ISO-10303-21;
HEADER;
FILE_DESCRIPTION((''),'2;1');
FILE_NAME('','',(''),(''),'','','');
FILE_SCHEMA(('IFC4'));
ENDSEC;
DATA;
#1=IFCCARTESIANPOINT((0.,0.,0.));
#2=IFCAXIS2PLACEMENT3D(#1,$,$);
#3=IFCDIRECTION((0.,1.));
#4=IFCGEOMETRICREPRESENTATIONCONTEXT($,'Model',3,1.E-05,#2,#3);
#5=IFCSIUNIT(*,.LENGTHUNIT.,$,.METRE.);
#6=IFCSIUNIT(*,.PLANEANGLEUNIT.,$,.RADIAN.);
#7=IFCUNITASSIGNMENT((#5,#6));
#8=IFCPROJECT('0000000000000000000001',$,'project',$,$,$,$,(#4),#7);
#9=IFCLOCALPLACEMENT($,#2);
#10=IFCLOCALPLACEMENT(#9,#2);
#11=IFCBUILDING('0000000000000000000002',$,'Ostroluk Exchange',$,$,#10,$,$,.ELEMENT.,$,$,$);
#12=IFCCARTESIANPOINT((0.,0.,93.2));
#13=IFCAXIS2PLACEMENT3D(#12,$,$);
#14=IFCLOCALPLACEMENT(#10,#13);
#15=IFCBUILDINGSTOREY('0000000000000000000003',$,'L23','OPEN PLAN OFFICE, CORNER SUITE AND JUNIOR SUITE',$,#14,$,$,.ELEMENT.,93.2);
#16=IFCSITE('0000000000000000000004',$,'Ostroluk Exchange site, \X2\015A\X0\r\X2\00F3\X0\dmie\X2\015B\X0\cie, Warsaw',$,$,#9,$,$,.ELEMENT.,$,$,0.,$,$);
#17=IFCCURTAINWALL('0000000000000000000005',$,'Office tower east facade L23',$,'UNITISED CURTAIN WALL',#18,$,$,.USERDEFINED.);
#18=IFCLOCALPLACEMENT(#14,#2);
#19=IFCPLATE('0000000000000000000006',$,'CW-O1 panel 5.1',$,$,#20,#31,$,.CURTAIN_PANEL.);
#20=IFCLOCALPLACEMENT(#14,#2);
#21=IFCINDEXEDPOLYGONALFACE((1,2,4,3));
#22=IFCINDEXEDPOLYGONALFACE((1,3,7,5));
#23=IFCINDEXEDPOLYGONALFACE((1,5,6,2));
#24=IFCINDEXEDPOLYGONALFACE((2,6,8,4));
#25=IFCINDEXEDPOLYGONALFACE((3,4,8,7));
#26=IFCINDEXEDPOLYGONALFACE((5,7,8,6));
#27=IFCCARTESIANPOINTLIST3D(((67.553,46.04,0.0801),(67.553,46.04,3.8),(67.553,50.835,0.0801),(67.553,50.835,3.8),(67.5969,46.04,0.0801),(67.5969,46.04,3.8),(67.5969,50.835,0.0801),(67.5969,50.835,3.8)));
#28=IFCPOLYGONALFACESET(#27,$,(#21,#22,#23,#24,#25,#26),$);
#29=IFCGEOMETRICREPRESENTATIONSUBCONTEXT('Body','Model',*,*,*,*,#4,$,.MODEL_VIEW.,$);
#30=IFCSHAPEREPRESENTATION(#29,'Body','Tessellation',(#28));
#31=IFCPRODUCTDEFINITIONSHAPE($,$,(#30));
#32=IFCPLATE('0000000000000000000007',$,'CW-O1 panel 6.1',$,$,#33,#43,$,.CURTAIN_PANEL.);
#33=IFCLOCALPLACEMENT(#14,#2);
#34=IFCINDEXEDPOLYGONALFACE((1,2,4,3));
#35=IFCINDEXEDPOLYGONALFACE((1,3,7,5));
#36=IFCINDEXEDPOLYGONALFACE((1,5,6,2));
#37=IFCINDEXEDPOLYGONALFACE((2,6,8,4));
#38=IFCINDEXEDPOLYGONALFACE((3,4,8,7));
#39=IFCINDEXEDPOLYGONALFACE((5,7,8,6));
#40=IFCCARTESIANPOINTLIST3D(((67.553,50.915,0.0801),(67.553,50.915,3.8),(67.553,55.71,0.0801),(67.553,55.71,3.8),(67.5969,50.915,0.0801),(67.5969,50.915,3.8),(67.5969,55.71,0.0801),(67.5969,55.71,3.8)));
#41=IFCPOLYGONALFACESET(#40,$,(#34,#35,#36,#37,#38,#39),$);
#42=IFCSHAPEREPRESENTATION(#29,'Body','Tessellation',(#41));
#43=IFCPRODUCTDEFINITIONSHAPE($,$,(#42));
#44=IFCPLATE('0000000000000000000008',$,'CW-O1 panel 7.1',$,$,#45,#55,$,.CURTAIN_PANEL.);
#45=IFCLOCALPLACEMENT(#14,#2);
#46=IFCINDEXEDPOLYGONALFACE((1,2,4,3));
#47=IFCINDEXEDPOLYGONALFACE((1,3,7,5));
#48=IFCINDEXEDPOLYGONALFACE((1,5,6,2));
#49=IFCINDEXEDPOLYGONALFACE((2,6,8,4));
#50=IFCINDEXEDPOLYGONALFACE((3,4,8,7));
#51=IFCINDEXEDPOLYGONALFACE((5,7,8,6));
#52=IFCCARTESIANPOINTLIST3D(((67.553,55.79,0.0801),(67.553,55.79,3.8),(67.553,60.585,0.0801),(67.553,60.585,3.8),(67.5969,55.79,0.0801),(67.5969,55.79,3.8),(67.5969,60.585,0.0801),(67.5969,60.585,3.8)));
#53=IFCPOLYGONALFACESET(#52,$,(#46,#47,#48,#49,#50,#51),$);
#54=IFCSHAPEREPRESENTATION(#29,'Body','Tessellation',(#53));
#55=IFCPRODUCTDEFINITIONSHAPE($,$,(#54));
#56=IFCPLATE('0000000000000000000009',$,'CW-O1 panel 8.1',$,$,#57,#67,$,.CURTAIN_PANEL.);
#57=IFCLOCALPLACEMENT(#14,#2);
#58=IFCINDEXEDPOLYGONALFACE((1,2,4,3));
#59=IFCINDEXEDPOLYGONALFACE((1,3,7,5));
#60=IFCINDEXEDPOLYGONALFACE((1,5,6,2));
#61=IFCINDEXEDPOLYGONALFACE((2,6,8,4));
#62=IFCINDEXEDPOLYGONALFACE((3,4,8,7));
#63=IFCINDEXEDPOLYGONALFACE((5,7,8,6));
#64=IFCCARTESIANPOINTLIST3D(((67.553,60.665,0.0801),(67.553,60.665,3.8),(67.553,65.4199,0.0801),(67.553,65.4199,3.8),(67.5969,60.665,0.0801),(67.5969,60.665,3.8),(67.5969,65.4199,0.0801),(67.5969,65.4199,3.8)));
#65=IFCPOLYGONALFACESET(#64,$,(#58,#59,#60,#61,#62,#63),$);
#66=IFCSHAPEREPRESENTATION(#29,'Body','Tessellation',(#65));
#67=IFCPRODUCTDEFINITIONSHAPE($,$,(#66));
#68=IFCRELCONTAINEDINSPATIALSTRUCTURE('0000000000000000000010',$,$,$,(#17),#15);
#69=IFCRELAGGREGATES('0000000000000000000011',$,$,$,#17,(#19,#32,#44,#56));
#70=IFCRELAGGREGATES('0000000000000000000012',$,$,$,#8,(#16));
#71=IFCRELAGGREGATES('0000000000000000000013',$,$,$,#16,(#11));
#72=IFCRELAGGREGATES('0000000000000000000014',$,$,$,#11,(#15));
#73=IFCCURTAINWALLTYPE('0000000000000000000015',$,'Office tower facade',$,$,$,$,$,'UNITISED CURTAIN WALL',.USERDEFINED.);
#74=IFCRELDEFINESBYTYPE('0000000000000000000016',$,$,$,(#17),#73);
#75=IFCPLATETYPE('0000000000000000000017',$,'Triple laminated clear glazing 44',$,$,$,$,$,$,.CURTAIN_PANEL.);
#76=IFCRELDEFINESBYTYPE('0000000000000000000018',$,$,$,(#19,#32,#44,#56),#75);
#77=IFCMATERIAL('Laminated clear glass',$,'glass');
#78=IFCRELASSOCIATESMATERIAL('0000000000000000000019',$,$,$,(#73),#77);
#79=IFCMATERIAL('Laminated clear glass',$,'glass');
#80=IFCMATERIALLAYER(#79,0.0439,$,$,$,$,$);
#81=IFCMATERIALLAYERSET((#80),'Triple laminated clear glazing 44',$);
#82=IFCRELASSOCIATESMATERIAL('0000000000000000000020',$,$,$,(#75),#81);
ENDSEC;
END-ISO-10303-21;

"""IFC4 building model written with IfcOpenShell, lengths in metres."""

from ifc_helpers import new_model, si_unit, direction, frame, origin, origin_2d, place, context, subcontext, project, spatial, rectangle, extrude, material, layer, layer_set, type_object, element, aggregate, save


model = new_model("IFC4")

# Units and contexts
model_context = context("Model", 3, precision=1e-05, world=origin(), true_north=direction((0.0, 1.0)))
body_context = subcontext(model_context, "Body", "Model", "MODEL_VIEW")
ifc_project = project(units=[si_unit("LENGTHUNIT", "METRE"), si_unit("PLANEANGLEUNIT", "RADIAN")], contexts=[model_context])

# Site, building, storey
site_placement = place(None, origin())
site = spatial("IfcSite", under=ifc_project, at=site_placement, Name="Ostroluk Exchange site, Śródmieście, Warsaw", CompositionType="ELEMENT", RefElevation=0.0)
building_placement = place(site_placement, origin())
building = spatial("IfcBuilding", under=site, at=building_placement, Name="Ostroluk Exchange", CompositionType="ELEMENT")
storey_placement = place(building_placement, frame((0.0, 0.0, 93.2)))
storey = spatial("IfcBuildingStorey", under=building, at=storey_placement, Name="L23", Description="OPEN PLAN OFFICE, CORNER SUITE AND JUNIOR SUITE", CompositionType="ELEMENT", Elevation=93.2)

# Curtain wall
ifc_material_1 = material(Name="Laminated clear glass", Category="glass")
curtain_wall_type_1 = type_object("IfcCurtainWallType", Name="Office tower facade", ElementType="UNITISED CURTAIN WALL", PredefinedType="USERDEFINED", material=ifc_material_1)
curtain_wall_1_placement = place(storey_placement, origin())
curtain_wall_1 = element("IfcCurtainWall", 1, at=curtain_wall_1_placement, inside=storey, type_object=curtain_wall_type_1, Name="Office tower east facade L23", ObjectType="UNITISED CURTAIN WALL", PredefinedType="USERDEFINED")

# Plates
ifc_material_2 = material(Name="Laminated clear glass", Category="glass")
ifc_layer_1 = layer(ifc_material_2, 0.0439)
ifc_layer_set_1 = layer_set([ifc_layer_1], Name="Triple laminated clear glazing 44")
plate_type_1 = type_object("IfcPlateType", Name="Triple laminated clear glazing 44", PredefinedType="CURTAIN_PANEL", material=ifc_layer_set_1)
plate_1_placement = place(storey_placement, frame((67.575, 48.4375, 0.0801), z_axis=(0.0, 0.0, 1.0), x_axis=(0.0, 1.0, 0.0)))
plate_1 = element("IfcPlate", 2, at=plate_1_placement, type_object=plate_type_1, Name="CW-O1 panel 5.1", PredefinedType="CURTAIN_PANEL", context=body_context, shape_type="SweptSolid", body=[
    extrude(rectangle(XDim=4.7949, YDim=0.0439, at=origin_2d()), origin(), (0.0, 0.0, 1.0), 3.72),
])
plate_2_placement = place(storey_placement, frame((67.575, 53.3125, 0.0801), z_axis=(0.0, 0.0, 1.0), x_axis=(0.0, 1.0, 0.0)))
plate_2 = element("IfcPlate", 3, at=plate_2_placement, type_object=plate_type_1, Name="CW-O1 panel 6.1", PredefinedType="CURTAIN_PANEL", context=body_context, shape_type="SweptSolid", body=[
    extrude(rectangle(XDim=4.7949, YDim=0.0439, at=origin_2d()), origin(), (0.0, 0.0, 1.0), 3.72),
])
plate_3_placement = place(storey_placement, frame((67.575, 58.1875, 0.0801), z_axis=(0.0, 0.0, 1.0), x_axis=(0.0, 1.0, 0.0)))
plate_3 = element("IfcPlate", 4, at=plate_3_placement, type_object=plate_type_1, Name="CW-O1 panel 7.1", PredefinedType="CURTAIN_PANEL", context=body_context, shape_type="SweptSolid", body=[
    extrude(rectangle(XDim=4.7949, YDim=0.0439, at=origin_2d()), origin(), (0.0, 0.0, 1.0), 3.72),
])
plate_4_placement = place(storey_placement, frame((67.575, 63.0425, 0.0801), z_axis=(0.0, 0.0, 1.0), x_axis=(0.0, 1.0, 0.0)))
plate_4 = element("IfcPlate", 5, at=plate_4_placement, type_object=plate_type_1, Name="CW-O1 panel 8.1", PredefinedType="CURTAIN_PANEL", context=body_context, shape_type="SweptSolid", body=[
    extrude(rectangle(XDim=4.7549, YDim=0.0439, at=origin_2d()), origin(), (0.0, 0.0, 1.0), 3.72),
])
aggregate(curtain_wall_1, [plate_1, plate_2, plate_3, plate_4])

save(model, "model.ifc")
